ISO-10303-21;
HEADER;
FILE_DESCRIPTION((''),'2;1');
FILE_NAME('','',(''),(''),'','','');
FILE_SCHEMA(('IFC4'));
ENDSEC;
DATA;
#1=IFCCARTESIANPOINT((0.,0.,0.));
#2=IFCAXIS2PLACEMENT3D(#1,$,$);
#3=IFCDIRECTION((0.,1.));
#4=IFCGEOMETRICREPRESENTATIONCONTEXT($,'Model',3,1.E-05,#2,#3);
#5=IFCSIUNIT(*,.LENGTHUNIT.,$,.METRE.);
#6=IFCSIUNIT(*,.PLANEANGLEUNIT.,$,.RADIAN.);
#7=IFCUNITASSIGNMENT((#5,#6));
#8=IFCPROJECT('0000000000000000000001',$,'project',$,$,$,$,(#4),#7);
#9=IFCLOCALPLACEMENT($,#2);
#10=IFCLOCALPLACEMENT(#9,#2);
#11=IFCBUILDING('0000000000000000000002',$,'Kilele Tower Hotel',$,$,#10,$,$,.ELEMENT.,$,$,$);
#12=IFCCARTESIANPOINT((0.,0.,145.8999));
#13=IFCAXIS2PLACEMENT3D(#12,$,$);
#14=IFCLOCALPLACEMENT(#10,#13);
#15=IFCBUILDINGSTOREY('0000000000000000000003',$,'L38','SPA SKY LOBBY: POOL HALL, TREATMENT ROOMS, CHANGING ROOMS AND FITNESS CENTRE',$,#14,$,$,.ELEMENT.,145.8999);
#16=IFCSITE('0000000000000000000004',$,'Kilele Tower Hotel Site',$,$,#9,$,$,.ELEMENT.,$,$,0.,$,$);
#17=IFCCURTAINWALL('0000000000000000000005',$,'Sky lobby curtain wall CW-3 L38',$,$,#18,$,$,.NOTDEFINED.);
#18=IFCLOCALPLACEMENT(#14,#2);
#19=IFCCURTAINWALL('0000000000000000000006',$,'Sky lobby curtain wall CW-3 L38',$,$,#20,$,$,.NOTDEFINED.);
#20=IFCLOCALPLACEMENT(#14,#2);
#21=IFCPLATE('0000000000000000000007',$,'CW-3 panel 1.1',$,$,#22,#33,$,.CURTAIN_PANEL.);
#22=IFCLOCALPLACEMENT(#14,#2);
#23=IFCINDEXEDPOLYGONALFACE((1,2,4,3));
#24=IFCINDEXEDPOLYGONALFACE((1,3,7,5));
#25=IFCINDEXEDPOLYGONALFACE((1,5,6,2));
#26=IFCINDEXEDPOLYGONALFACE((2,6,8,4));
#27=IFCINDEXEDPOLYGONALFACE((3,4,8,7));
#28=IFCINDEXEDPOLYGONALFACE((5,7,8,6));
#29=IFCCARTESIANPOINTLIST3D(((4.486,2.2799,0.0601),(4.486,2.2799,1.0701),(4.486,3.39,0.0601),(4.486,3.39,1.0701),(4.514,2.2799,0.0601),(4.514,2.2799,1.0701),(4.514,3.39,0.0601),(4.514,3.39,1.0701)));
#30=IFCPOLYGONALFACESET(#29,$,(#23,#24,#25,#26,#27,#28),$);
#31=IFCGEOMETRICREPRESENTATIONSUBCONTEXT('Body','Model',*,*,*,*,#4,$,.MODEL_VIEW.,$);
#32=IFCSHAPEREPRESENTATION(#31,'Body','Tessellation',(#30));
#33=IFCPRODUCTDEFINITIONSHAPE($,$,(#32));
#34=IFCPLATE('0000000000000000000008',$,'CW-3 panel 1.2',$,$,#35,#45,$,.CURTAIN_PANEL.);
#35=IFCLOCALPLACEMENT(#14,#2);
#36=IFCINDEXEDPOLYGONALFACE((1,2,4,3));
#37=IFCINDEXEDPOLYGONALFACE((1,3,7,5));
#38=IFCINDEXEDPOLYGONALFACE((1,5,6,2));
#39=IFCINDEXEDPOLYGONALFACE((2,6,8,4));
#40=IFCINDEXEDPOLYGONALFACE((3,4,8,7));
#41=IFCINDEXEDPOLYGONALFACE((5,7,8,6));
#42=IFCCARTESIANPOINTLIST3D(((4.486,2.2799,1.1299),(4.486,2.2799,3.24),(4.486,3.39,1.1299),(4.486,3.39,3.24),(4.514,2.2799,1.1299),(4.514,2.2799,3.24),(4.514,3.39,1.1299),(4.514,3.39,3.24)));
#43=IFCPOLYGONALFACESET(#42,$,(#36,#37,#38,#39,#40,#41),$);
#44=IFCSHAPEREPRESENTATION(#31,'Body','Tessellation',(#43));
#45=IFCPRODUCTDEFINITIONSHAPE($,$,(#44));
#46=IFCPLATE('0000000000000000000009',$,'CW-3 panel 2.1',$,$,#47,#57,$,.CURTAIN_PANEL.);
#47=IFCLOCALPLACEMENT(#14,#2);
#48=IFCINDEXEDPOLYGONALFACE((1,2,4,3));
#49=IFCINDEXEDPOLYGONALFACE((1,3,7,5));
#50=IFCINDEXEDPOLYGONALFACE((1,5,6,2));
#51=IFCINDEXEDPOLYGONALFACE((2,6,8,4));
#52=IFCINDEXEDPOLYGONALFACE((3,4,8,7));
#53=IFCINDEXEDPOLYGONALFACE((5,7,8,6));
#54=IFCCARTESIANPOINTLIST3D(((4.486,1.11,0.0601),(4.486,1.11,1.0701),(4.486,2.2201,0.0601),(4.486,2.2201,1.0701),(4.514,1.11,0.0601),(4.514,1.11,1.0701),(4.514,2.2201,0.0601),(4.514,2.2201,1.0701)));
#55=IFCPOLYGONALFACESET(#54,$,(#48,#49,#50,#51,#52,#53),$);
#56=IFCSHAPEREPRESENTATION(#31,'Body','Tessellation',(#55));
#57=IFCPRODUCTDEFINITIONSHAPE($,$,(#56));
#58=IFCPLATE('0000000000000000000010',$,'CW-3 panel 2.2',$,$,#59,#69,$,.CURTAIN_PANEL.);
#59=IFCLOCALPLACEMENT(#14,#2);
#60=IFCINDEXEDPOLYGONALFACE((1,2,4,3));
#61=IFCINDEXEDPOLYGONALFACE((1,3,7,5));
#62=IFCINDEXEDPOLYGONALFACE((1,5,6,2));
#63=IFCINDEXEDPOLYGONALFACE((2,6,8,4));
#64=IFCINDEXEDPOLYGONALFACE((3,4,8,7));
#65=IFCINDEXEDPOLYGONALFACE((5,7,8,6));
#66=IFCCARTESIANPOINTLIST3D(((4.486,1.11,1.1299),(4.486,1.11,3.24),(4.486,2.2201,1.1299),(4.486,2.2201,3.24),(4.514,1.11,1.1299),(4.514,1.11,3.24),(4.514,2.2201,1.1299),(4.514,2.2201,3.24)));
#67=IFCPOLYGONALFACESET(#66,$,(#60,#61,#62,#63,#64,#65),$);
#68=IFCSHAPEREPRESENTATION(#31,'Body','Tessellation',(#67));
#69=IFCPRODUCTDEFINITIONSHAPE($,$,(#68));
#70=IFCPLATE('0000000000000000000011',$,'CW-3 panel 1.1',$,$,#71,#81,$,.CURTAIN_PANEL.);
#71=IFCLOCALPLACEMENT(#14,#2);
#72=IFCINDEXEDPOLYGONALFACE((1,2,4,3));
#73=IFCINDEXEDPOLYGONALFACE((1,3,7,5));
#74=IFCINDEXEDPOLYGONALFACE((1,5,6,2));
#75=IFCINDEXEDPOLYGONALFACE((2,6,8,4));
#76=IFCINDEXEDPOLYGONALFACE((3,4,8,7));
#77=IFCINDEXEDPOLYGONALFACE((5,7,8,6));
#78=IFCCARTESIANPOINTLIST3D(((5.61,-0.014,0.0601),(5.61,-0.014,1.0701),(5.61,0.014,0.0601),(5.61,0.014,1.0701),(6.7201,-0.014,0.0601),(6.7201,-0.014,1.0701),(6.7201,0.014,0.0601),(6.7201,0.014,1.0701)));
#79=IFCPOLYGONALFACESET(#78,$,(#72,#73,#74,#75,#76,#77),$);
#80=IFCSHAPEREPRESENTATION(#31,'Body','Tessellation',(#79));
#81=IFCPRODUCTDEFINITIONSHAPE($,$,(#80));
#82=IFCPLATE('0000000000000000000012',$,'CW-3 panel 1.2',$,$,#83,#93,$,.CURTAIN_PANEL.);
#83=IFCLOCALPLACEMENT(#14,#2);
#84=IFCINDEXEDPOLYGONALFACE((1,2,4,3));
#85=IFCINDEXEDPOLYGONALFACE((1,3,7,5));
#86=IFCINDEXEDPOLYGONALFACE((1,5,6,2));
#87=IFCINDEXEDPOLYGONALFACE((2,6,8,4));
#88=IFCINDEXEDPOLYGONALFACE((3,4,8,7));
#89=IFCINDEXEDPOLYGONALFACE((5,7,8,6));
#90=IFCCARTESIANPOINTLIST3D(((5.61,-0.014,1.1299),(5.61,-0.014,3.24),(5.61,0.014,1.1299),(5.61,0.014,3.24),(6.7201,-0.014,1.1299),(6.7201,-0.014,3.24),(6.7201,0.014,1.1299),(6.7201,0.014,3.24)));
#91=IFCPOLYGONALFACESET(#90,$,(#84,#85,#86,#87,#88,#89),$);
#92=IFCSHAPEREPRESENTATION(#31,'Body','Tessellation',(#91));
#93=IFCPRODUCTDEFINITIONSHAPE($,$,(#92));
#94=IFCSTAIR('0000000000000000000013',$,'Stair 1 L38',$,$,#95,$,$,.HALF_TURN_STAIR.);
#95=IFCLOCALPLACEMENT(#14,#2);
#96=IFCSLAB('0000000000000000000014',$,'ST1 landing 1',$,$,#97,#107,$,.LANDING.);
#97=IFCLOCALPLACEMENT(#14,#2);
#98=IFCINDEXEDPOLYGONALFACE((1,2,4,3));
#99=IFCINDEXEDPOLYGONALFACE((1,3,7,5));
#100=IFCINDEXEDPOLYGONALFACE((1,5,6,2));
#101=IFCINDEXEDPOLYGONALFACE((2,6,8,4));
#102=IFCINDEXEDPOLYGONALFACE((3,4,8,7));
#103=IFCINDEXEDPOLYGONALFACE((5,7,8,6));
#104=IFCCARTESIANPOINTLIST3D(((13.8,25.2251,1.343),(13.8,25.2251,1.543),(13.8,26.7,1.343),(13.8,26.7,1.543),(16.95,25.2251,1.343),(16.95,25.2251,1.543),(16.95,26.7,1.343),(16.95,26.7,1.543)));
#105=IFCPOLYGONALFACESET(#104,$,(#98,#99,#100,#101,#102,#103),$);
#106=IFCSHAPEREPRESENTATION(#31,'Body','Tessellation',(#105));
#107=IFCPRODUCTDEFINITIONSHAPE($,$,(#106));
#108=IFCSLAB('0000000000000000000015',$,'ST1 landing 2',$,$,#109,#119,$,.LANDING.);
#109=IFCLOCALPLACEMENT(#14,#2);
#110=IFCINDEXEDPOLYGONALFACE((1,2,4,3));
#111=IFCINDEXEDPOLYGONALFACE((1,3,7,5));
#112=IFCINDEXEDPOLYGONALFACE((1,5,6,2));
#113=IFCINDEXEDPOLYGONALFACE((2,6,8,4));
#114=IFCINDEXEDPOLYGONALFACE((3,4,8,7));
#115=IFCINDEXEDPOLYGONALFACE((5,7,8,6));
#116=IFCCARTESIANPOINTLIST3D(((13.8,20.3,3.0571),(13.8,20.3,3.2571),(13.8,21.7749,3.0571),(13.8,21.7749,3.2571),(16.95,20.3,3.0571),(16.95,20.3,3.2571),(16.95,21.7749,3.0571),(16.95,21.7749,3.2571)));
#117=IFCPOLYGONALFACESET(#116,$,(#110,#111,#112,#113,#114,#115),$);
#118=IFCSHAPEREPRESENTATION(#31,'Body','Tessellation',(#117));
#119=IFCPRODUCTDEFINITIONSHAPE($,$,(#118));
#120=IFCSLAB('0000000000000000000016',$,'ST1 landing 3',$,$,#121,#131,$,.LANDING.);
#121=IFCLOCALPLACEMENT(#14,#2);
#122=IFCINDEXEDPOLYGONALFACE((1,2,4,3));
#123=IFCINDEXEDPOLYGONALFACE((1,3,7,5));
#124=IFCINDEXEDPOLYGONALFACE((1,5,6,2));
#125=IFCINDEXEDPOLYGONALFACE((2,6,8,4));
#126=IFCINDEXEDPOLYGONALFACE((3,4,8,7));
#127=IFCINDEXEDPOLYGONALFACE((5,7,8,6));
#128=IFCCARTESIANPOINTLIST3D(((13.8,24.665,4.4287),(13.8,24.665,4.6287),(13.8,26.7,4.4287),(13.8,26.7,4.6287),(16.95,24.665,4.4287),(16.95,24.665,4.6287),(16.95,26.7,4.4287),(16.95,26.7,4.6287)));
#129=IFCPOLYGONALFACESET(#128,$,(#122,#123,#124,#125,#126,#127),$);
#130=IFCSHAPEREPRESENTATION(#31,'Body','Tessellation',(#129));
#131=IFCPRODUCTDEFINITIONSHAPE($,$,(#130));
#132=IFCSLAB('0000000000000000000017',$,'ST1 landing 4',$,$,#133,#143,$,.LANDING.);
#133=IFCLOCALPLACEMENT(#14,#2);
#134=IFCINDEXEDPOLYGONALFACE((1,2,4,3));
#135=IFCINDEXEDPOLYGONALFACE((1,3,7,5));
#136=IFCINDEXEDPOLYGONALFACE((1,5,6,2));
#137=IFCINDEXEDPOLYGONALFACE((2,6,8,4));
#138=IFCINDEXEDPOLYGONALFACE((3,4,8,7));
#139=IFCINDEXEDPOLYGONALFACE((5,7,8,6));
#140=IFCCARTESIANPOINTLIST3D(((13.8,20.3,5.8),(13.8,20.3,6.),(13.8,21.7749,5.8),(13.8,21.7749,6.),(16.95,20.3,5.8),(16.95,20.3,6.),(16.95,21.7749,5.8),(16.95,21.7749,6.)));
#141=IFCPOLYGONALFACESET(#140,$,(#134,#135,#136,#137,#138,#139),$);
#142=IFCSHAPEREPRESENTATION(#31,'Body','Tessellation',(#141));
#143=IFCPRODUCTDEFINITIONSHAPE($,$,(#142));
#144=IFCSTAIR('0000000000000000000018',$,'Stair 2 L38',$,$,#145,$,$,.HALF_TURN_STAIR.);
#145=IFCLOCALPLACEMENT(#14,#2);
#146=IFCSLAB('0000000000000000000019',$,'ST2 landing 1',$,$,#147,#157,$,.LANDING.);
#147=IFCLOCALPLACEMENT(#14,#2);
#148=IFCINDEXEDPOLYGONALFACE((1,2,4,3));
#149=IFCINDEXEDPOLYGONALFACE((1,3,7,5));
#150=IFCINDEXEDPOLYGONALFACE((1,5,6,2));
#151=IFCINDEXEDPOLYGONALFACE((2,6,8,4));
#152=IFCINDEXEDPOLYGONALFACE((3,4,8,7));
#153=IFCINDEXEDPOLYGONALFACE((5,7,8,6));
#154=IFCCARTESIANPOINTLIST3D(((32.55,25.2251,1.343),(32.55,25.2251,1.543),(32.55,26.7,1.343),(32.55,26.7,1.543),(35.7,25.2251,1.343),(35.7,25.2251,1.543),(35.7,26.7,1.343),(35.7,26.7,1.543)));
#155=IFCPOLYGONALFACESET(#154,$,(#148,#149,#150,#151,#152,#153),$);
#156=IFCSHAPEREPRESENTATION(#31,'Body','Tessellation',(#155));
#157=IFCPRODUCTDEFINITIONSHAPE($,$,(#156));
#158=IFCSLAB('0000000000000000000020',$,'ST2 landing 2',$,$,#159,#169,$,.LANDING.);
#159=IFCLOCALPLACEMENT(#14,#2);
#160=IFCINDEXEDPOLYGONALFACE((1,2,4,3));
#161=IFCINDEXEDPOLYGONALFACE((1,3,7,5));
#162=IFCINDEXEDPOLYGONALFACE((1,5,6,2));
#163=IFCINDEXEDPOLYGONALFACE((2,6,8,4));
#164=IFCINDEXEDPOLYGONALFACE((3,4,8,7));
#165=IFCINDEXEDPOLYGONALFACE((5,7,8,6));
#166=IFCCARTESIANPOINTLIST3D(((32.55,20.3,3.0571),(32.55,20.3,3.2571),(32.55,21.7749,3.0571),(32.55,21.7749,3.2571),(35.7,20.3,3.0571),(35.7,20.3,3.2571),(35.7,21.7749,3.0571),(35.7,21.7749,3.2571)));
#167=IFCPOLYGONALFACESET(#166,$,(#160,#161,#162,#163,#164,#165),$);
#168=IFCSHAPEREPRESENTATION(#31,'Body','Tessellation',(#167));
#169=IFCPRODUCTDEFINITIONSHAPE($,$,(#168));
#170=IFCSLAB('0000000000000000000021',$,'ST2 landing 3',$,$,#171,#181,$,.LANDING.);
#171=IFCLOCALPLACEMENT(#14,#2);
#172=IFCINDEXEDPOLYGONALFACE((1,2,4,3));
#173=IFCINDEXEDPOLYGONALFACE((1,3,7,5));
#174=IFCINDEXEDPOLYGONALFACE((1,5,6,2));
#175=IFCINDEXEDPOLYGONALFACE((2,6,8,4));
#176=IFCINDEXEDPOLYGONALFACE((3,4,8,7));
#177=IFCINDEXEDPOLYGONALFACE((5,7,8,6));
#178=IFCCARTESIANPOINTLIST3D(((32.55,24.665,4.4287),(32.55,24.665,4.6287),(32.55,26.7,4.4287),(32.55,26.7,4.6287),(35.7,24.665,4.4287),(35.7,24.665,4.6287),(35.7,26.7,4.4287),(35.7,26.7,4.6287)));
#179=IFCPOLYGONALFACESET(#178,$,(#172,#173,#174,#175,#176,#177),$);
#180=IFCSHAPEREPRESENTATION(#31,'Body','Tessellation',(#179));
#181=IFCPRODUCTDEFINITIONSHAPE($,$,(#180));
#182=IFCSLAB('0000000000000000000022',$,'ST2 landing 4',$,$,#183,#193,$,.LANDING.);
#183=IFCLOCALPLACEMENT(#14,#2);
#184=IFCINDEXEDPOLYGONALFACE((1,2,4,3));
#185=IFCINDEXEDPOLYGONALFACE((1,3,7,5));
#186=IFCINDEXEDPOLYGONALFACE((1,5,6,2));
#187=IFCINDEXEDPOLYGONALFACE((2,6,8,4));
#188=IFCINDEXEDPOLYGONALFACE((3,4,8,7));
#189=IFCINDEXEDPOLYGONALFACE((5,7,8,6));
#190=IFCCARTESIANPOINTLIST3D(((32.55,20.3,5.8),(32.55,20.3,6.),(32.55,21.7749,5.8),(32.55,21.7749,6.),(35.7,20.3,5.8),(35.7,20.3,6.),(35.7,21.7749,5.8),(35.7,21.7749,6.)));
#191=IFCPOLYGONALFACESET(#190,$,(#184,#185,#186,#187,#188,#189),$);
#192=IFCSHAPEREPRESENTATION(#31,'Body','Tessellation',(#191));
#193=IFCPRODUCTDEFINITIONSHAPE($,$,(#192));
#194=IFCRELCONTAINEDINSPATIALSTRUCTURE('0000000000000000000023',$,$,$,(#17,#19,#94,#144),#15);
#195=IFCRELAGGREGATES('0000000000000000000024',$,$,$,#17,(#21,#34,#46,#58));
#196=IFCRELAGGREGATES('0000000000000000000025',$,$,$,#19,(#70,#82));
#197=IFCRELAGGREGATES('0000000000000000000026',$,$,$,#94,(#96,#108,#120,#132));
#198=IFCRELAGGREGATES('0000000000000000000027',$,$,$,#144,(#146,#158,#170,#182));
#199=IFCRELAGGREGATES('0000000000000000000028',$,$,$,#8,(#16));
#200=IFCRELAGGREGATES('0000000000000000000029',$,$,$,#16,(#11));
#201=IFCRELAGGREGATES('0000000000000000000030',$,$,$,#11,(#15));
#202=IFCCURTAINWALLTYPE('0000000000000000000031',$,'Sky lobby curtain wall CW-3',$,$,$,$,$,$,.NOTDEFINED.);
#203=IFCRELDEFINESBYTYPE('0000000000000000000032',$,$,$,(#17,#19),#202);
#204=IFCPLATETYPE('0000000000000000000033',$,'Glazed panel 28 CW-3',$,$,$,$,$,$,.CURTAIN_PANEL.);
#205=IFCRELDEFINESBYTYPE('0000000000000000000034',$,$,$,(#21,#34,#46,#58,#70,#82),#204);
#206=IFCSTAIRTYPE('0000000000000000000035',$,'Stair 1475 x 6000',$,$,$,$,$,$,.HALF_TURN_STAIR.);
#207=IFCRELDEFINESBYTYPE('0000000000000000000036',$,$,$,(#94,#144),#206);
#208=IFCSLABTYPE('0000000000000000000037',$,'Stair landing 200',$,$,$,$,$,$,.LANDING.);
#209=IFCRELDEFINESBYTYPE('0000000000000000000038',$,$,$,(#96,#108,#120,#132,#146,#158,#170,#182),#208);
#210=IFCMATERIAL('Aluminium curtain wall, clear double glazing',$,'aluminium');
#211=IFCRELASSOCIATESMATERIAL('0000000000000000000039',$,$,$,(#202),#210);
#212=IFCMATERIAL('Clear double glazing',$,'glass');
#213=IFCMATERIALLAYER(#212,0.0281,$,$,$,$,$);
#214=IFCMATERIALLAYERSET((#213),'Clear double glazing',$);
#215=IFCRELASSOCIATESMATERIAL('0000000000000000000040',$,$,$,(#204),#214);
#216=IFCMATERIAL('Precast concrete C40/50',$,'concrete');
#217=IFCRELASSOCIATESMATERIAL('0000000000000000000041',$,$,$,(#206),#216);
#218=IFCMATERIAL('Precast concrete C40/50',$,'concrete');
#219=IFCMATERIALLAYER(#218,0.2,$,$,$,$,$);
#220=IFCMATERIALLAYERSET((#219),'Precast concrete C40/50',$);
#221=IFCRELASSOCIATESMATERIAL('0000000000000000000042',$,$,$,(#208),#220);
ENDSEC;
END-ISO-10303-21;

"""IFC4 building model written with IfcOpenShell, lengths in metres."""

from ifc_helpers import new_model, si_unit, direction, frame, origin, origin_2d, place, context, subcontext, project, spatial, polyline, rectangle, outline, extrude, material, layer, layer_set, type_object, element, aggregate, save


model = new_model("IFC4")

# Units and contexts
model_context = context("Model", 3, precision=1e-05, world=origin(), true_north=direction((0.0, 1.0)))
body_context = subcontext(model_context, "Body", "Model", "MODEL_VIEW")
ifc_project = project(units=[si_unit("LENGTHUNIT", "METRE"), si_unit("PLANEANGLEUNIT", "RADIAN")], contexts=[model_context])

# Site, building, storey
site_placement = place(None, origin())
site = spatial("IfcSite", under=ifc_project, at=site_placement, Name="Kilele Tower Hotel Site", CompositionType="ELEMENT", RefElevation=0.0)
building_placement = place(site_placement, origin())
building = spatial("IfcBuilding", under=site, at=building_placement, Name="Kilele Tower Hotel", CompositionType="ELEMENT")
storey_placement = place(building_placement, frame((0.0, 0.0, 145.8999)))
storey = spatial("IfcBuildingStorey", under=building, at=storey_placement, Name="L38", Description="SPA SKY LOBBY: POOL HALL, TREATMENT ROOMS, CHANGING ROOMS AND FITNESS CENTRE", CompositionType="ELEMENT", Elevation=145.8999)

# Shared definitions
ifc_material_1 = material(Name="Aluminium curtain wall, clear double glazing", Category="aluminium")
curtain_wall_type = type_object("IfcCurtainWallType", Name="Sky lobby curtain wall CW-3", PredefinedType="NOTDEFINED", material=ifc_material_1)

# Curtain walls
curtain_wall_1_placement = place(storey_placement, origin())
curtain_wall_1 = element("IfcCurtainWall", 1, at=curtain_wall_1_placement, inside=storey, type_object=curtain_wall_type, Name="Sky lobby curtain wall CW-3 L38", PredefinedType="NOTDEFINED")
curtain_wall_2_placement = place(storey_placement, origin())
curtain_wall_2 = element("IfcCurtainWall", 2, at=curtain_wall_2_placement, inside=storey, type_object=curtain_wall_type, Name="Sky lobby curtain wall CW-3 L38", PredefinedType="NOTDEFINED")

# Plates
ifc_material_2 = material(Name="Clear double glazing", Category="glass")
ifc_layer_1 = layer(ifc_material_2, 0.0281)
ifc_layer_set_1 = layer_set([ifc_layer_1], Name="Clear double glazing")
plate_type = type_object("IfcPlateType", Name="Glazed panel 28 CW-3", PredefinedType="CURTAIN_PANEL", material=ifc_layer_set_1)
plate_1_placement = place(storey_placement, frame((4.5, 2.835, 0.0601), z_axis=(0.0, 0.0, 1.0), x_axis=(0.0, -1.0, 0.0)))
plate_1 = element("IfcPlate", 3, at=plate_1_placement, type_object=plate_type, Name="CW-3 panel 1.1", PredefinedType="CURTAIN_PANEL", context=body_context, shape_type="SweptSolid", body=[
    extrude(rectangle(XDim=1.1101, YDim=0.0281, at=origin_2d()), origin(), (0.0, 0.0, 1.0), 1.01),
])
plate_2_placement = place(storey_placement, frame((4.5, 2.835, 1.1299), z_axis=(0.0, 0.0, 1.0), x_axis=(0.0, -1.0, 0.0)))
plate_2 = element("IfcPlate", 4, at=plate_2_placement, type_object=plate_type, Name="CW-3 panel 1.2", PredefinedType="CURTAIN_PANEL", context=body_context, shape_type="SweptSolid", body=[
    extrude(rectangle(XDim=1.1101, YDim=0.0281, at=origin_2d()), origin(), (0.0, 0.0, 1.0), 2.1101),
])
plate_3_placement = place(storey_placement, frame((4.5, 1.665, 0.0601), z_axis=(0.0, 0.0, 1.0), x_axis=(0.0, -1.0, 0.0)))
plate_3 = element("IfcPlate", 5, at=plate_3_placement, type_object=plate_type, Name="CW-3 panel 2.1", PredefinedType="CURTAIN_PANEL", context=body_context, shape_type="SweptSolid", body=[
    extrude(rectangle(XDim=1.1101, YDim=0.0281, at=origin_2d()), origin(), (0.0, 0.0, 1.0), 1.01),
])
plate_4_placement = place(storey_placement, frame((4.5, 1.665, 1.1299), z_axis=(0.0, 0.0, 1.0), x_axis=(0.0, -1.0, 0.0)))
plate_4 = element("IfcPlate", 6, at=plate_4_placement, type_object=plate_type, Name="CW-3 panel 2.2", PredefinedType="CURTAIN_PANEL", context=body_context, shape_type="SweptSolid", body=[
    extrude(rectangle(XDim=1.1101, YDim=0.0281, at=origin_2d()), origin(), (0.0, 0.0, 1.0), 2.1101),
])
aggregate(curtain_wall_1, [plate_1, plate_2, plate_3, plate_4])
plate_5_placement = place(storey_placement, frame((6.165, 0.0, 0.0601), z_axis=(0.0, 0.0, 1.0), x_axis=(1.0, 0.0, 0.0)))
plate_5 = element("IfcPlate", 7, at=plate_5_placement, type_object=plate_type, Name="CW-3 panel 1.1", PredefinedType="CURTAIN_PANEL", context=body_context, shape_type="SweptSolid", body=[
    extrude(rectangle(XDim=1.1101, YDim=0.0281, at=origin_2d()), origin(), (0.0, 0.0, 1.0), 1.01),
])
plate_6_placement = place(storey_placement, frame((6.165, 0.0, 1.1299), z_axis=(0.0, 0.0, 1.0), x_axis=(1.0, 0.0, 0.0)))
plate_6 = element("IfcPlate", 8, at=plate_6_placement, type_object=plate_type, Name="CW-3 panel 1.2", PredefinedType="CURTAIN_PANEL", context=body_context, shape_type="SweptSolid", body=[
    extrude(rectangle(XDim=1.1101, YDim=0.0281, at=origin_2d()), origin(), (0.0, 0.0, 1.0), 2.1101),
])
aggregate(curtain_wall_2, [plate_5, plate_6])

# Stairs, slabs
ifc_material_3 = material(Name="Precast concrete C40/50", Category="concrete")
stair_type = type_object("IfcStairType", Name="Stair 1475 x 6000", PredefinedType="HALF_TURN_STAIR", material=ifc_material_3)
stair_1_placement = place(storey_placement, origin())
stair_1 = element("IfcStair", 9, at=stair_1_placement, inside=storey, type_object=stair_type, Name="Stair 1 L38", PredefinedType="HALF_TURN_STAIR")
ifc_material_4 = material(Name="Precast concrete C40/50", Category="concrete")
ifc_layer_2 = layer(ifc_material_4, 0.2)
ifc_layer_set_2 = layer_set([ifc_layer_2], Name="Precast concrete C40/50")
slab_type_1 = type_object("IfcSlabType", Name="Stair landing 200", PredefinedType="LANDING", material=ifc_layer_set_2)
slab_1_placement = place(storey_placement, frame((0.0, 0.0, 1.343)))
slab_1 = element("IfcSlab", 10, at=slab_1_placement, type_object=slab_type_1, Name="ST1 landing 1", PredefinedType="LANDING", context=body_context, shape_type="SweptSolid", body=[
    extrude(outline(polyline([(13.8, 25.2251), (16.95, 25.2251), (16.95, 26.7), (13.8, 26.7), (13.8, 25.2251)])), origin(), (0.0, 0.0, 1.0), 0.2),
])
slab_2_placement = place(storey_placement, frame((0.0, 0.0, 3.0571)))
slab_2 = element("IfcSlab", 11, at=slab_2_placement, type_object=slab_type_1, Name="ST1 landing 2", PredefinedType="LANDING", context=body_context, shape_type="SweptSolid", body=[
    extrude(outline(polyline([(13.8, 20.3), (16.95, 20.3), (16.95, 21.7749), (13.8, 21.7749), (13.8, 20.3)])), origin(), (0.0, 0.0, 1.0), 0.2),
])
slab_3_placement = place(storey_placement, frame((0.0, 0.0, 4.4287)))
slab_3 = element("IfcSlab", 12, at=slab_3_placement, type_object=slab_type_1, Name="ST1 landing 3", PredefinedType="LANDING", context=body_context, shape_type="SweptSolid", body=[
    extrude(outline(polyline([(13.8, 24.665), (16.95, 24.665), (16.95, 26.7), (13.8, 26.7), (13.8, 24.665)])), origin(), (0.0, 0.0, 1.0), 0.2),
])
slab_4_placement = place(storey_placement, frame((0.0, 0.0, 5.8)))
slab_4 = element("IfcSlab", 13, at=slab_4_placement, type_object=slab_type_1, Name="ST1 landing 4", PredefinedType="LANDING", context=body_context, shape_type="SweptSolid", body=[
    extrude(outline(polyline([(13.8, 20.3), (16.95, 20.3), (16.95, 21.7749), (13.8, 21.7749), (13.8, 20.3)])), origin(), (0.0, 0.0, 1.0), 0.2),
])
aggregate(stair_1, [slab_1, slab_2, slab_3, slab_4])
stair_2_placement = place(storey_placement, origin())
stair_2 = element("IfcStair", 14, at=stair_2_placement, inside=storey, type_object=stair_type, Name="Stair 2 L38", PredefinedType="HALF_TURN_STAIR")
slab_5_placement = place(storey_placement, frame((0.0, 0.0, 1.343)))
slab_5 = element("IfcSlab", 15, at=slab_5_placement, type_object=slab_type_1, Name="ST2 landing 1", PredefinedType="LANDING", context=body_context, shape_type="SweptSolid", body=[
    extrude(outline(polyline([(32.55, 25.2251), (35.7, 25.2251), (35.7, 26.7), (32.55, 26.7), (32.55, 25.2251)])), origin(), (0.0, 0.0, 1.0), 0.2),
])
slab_6_placement = place(storey_placement, frame((0.0, 0.0, 3.0571)))
slab_6 = element("IfcSlab", 16, at=slab_6_placement, type_object=slab_type_1, Name="ST2 landing 2", PredefinedType="LANDING", context=body_context, shape_type="SweptSolid", body=[
    extrude(outline(polyline([(32.55, 20.3), (35.7, 20.3), (35.7, 21.7749), (32.55, 21.7749), (32.55, 20.3)])), origin(), (0.0, 0.0, 1.0), 0.2),
])
slab_7_placement = place(storey_placement, frame((0.0, 0.0, 4.4287)))
slab_7 = element("IfcSlab", 17, at=slab_7_placement, type_object=slab_type_1, Name="ST2 landing 3", PredefinedType="LANDING", context=body_context, shape_type="SweptSolid", body=[
    extrude(outline(polyline([(32.55, 24.665), (35.7, 24.665), (35.7, 26.7), (32.55, 26.7), (32.55, 24.665)])), origin(), (0.0, 0.0, 1.0), 0.2),
])
slab_8_placement = place(storey_placement, frame((0.0, 0.0, 5.8)))
slab_8 = element("IfcSlab", 18, at=slab_8_placement, type_object=slab_type_1, Name="ST2 landing 4", PredefinedType="LANDING", context=body_context, shape_type="SweptSolid", body=[
    extrude(outline(polyline([(32.55, 20.3), (35.7, 20.3), (35.7, 21.7749), (32.55, 21.7749), (32.55, 20.3)])), origin(), (0.0, 0.0, 1.0), 0.2),
])
aggregate(stair_2, [slab_5, slab_6, slab_7, slab_8])

save(model, "model.ifc")
